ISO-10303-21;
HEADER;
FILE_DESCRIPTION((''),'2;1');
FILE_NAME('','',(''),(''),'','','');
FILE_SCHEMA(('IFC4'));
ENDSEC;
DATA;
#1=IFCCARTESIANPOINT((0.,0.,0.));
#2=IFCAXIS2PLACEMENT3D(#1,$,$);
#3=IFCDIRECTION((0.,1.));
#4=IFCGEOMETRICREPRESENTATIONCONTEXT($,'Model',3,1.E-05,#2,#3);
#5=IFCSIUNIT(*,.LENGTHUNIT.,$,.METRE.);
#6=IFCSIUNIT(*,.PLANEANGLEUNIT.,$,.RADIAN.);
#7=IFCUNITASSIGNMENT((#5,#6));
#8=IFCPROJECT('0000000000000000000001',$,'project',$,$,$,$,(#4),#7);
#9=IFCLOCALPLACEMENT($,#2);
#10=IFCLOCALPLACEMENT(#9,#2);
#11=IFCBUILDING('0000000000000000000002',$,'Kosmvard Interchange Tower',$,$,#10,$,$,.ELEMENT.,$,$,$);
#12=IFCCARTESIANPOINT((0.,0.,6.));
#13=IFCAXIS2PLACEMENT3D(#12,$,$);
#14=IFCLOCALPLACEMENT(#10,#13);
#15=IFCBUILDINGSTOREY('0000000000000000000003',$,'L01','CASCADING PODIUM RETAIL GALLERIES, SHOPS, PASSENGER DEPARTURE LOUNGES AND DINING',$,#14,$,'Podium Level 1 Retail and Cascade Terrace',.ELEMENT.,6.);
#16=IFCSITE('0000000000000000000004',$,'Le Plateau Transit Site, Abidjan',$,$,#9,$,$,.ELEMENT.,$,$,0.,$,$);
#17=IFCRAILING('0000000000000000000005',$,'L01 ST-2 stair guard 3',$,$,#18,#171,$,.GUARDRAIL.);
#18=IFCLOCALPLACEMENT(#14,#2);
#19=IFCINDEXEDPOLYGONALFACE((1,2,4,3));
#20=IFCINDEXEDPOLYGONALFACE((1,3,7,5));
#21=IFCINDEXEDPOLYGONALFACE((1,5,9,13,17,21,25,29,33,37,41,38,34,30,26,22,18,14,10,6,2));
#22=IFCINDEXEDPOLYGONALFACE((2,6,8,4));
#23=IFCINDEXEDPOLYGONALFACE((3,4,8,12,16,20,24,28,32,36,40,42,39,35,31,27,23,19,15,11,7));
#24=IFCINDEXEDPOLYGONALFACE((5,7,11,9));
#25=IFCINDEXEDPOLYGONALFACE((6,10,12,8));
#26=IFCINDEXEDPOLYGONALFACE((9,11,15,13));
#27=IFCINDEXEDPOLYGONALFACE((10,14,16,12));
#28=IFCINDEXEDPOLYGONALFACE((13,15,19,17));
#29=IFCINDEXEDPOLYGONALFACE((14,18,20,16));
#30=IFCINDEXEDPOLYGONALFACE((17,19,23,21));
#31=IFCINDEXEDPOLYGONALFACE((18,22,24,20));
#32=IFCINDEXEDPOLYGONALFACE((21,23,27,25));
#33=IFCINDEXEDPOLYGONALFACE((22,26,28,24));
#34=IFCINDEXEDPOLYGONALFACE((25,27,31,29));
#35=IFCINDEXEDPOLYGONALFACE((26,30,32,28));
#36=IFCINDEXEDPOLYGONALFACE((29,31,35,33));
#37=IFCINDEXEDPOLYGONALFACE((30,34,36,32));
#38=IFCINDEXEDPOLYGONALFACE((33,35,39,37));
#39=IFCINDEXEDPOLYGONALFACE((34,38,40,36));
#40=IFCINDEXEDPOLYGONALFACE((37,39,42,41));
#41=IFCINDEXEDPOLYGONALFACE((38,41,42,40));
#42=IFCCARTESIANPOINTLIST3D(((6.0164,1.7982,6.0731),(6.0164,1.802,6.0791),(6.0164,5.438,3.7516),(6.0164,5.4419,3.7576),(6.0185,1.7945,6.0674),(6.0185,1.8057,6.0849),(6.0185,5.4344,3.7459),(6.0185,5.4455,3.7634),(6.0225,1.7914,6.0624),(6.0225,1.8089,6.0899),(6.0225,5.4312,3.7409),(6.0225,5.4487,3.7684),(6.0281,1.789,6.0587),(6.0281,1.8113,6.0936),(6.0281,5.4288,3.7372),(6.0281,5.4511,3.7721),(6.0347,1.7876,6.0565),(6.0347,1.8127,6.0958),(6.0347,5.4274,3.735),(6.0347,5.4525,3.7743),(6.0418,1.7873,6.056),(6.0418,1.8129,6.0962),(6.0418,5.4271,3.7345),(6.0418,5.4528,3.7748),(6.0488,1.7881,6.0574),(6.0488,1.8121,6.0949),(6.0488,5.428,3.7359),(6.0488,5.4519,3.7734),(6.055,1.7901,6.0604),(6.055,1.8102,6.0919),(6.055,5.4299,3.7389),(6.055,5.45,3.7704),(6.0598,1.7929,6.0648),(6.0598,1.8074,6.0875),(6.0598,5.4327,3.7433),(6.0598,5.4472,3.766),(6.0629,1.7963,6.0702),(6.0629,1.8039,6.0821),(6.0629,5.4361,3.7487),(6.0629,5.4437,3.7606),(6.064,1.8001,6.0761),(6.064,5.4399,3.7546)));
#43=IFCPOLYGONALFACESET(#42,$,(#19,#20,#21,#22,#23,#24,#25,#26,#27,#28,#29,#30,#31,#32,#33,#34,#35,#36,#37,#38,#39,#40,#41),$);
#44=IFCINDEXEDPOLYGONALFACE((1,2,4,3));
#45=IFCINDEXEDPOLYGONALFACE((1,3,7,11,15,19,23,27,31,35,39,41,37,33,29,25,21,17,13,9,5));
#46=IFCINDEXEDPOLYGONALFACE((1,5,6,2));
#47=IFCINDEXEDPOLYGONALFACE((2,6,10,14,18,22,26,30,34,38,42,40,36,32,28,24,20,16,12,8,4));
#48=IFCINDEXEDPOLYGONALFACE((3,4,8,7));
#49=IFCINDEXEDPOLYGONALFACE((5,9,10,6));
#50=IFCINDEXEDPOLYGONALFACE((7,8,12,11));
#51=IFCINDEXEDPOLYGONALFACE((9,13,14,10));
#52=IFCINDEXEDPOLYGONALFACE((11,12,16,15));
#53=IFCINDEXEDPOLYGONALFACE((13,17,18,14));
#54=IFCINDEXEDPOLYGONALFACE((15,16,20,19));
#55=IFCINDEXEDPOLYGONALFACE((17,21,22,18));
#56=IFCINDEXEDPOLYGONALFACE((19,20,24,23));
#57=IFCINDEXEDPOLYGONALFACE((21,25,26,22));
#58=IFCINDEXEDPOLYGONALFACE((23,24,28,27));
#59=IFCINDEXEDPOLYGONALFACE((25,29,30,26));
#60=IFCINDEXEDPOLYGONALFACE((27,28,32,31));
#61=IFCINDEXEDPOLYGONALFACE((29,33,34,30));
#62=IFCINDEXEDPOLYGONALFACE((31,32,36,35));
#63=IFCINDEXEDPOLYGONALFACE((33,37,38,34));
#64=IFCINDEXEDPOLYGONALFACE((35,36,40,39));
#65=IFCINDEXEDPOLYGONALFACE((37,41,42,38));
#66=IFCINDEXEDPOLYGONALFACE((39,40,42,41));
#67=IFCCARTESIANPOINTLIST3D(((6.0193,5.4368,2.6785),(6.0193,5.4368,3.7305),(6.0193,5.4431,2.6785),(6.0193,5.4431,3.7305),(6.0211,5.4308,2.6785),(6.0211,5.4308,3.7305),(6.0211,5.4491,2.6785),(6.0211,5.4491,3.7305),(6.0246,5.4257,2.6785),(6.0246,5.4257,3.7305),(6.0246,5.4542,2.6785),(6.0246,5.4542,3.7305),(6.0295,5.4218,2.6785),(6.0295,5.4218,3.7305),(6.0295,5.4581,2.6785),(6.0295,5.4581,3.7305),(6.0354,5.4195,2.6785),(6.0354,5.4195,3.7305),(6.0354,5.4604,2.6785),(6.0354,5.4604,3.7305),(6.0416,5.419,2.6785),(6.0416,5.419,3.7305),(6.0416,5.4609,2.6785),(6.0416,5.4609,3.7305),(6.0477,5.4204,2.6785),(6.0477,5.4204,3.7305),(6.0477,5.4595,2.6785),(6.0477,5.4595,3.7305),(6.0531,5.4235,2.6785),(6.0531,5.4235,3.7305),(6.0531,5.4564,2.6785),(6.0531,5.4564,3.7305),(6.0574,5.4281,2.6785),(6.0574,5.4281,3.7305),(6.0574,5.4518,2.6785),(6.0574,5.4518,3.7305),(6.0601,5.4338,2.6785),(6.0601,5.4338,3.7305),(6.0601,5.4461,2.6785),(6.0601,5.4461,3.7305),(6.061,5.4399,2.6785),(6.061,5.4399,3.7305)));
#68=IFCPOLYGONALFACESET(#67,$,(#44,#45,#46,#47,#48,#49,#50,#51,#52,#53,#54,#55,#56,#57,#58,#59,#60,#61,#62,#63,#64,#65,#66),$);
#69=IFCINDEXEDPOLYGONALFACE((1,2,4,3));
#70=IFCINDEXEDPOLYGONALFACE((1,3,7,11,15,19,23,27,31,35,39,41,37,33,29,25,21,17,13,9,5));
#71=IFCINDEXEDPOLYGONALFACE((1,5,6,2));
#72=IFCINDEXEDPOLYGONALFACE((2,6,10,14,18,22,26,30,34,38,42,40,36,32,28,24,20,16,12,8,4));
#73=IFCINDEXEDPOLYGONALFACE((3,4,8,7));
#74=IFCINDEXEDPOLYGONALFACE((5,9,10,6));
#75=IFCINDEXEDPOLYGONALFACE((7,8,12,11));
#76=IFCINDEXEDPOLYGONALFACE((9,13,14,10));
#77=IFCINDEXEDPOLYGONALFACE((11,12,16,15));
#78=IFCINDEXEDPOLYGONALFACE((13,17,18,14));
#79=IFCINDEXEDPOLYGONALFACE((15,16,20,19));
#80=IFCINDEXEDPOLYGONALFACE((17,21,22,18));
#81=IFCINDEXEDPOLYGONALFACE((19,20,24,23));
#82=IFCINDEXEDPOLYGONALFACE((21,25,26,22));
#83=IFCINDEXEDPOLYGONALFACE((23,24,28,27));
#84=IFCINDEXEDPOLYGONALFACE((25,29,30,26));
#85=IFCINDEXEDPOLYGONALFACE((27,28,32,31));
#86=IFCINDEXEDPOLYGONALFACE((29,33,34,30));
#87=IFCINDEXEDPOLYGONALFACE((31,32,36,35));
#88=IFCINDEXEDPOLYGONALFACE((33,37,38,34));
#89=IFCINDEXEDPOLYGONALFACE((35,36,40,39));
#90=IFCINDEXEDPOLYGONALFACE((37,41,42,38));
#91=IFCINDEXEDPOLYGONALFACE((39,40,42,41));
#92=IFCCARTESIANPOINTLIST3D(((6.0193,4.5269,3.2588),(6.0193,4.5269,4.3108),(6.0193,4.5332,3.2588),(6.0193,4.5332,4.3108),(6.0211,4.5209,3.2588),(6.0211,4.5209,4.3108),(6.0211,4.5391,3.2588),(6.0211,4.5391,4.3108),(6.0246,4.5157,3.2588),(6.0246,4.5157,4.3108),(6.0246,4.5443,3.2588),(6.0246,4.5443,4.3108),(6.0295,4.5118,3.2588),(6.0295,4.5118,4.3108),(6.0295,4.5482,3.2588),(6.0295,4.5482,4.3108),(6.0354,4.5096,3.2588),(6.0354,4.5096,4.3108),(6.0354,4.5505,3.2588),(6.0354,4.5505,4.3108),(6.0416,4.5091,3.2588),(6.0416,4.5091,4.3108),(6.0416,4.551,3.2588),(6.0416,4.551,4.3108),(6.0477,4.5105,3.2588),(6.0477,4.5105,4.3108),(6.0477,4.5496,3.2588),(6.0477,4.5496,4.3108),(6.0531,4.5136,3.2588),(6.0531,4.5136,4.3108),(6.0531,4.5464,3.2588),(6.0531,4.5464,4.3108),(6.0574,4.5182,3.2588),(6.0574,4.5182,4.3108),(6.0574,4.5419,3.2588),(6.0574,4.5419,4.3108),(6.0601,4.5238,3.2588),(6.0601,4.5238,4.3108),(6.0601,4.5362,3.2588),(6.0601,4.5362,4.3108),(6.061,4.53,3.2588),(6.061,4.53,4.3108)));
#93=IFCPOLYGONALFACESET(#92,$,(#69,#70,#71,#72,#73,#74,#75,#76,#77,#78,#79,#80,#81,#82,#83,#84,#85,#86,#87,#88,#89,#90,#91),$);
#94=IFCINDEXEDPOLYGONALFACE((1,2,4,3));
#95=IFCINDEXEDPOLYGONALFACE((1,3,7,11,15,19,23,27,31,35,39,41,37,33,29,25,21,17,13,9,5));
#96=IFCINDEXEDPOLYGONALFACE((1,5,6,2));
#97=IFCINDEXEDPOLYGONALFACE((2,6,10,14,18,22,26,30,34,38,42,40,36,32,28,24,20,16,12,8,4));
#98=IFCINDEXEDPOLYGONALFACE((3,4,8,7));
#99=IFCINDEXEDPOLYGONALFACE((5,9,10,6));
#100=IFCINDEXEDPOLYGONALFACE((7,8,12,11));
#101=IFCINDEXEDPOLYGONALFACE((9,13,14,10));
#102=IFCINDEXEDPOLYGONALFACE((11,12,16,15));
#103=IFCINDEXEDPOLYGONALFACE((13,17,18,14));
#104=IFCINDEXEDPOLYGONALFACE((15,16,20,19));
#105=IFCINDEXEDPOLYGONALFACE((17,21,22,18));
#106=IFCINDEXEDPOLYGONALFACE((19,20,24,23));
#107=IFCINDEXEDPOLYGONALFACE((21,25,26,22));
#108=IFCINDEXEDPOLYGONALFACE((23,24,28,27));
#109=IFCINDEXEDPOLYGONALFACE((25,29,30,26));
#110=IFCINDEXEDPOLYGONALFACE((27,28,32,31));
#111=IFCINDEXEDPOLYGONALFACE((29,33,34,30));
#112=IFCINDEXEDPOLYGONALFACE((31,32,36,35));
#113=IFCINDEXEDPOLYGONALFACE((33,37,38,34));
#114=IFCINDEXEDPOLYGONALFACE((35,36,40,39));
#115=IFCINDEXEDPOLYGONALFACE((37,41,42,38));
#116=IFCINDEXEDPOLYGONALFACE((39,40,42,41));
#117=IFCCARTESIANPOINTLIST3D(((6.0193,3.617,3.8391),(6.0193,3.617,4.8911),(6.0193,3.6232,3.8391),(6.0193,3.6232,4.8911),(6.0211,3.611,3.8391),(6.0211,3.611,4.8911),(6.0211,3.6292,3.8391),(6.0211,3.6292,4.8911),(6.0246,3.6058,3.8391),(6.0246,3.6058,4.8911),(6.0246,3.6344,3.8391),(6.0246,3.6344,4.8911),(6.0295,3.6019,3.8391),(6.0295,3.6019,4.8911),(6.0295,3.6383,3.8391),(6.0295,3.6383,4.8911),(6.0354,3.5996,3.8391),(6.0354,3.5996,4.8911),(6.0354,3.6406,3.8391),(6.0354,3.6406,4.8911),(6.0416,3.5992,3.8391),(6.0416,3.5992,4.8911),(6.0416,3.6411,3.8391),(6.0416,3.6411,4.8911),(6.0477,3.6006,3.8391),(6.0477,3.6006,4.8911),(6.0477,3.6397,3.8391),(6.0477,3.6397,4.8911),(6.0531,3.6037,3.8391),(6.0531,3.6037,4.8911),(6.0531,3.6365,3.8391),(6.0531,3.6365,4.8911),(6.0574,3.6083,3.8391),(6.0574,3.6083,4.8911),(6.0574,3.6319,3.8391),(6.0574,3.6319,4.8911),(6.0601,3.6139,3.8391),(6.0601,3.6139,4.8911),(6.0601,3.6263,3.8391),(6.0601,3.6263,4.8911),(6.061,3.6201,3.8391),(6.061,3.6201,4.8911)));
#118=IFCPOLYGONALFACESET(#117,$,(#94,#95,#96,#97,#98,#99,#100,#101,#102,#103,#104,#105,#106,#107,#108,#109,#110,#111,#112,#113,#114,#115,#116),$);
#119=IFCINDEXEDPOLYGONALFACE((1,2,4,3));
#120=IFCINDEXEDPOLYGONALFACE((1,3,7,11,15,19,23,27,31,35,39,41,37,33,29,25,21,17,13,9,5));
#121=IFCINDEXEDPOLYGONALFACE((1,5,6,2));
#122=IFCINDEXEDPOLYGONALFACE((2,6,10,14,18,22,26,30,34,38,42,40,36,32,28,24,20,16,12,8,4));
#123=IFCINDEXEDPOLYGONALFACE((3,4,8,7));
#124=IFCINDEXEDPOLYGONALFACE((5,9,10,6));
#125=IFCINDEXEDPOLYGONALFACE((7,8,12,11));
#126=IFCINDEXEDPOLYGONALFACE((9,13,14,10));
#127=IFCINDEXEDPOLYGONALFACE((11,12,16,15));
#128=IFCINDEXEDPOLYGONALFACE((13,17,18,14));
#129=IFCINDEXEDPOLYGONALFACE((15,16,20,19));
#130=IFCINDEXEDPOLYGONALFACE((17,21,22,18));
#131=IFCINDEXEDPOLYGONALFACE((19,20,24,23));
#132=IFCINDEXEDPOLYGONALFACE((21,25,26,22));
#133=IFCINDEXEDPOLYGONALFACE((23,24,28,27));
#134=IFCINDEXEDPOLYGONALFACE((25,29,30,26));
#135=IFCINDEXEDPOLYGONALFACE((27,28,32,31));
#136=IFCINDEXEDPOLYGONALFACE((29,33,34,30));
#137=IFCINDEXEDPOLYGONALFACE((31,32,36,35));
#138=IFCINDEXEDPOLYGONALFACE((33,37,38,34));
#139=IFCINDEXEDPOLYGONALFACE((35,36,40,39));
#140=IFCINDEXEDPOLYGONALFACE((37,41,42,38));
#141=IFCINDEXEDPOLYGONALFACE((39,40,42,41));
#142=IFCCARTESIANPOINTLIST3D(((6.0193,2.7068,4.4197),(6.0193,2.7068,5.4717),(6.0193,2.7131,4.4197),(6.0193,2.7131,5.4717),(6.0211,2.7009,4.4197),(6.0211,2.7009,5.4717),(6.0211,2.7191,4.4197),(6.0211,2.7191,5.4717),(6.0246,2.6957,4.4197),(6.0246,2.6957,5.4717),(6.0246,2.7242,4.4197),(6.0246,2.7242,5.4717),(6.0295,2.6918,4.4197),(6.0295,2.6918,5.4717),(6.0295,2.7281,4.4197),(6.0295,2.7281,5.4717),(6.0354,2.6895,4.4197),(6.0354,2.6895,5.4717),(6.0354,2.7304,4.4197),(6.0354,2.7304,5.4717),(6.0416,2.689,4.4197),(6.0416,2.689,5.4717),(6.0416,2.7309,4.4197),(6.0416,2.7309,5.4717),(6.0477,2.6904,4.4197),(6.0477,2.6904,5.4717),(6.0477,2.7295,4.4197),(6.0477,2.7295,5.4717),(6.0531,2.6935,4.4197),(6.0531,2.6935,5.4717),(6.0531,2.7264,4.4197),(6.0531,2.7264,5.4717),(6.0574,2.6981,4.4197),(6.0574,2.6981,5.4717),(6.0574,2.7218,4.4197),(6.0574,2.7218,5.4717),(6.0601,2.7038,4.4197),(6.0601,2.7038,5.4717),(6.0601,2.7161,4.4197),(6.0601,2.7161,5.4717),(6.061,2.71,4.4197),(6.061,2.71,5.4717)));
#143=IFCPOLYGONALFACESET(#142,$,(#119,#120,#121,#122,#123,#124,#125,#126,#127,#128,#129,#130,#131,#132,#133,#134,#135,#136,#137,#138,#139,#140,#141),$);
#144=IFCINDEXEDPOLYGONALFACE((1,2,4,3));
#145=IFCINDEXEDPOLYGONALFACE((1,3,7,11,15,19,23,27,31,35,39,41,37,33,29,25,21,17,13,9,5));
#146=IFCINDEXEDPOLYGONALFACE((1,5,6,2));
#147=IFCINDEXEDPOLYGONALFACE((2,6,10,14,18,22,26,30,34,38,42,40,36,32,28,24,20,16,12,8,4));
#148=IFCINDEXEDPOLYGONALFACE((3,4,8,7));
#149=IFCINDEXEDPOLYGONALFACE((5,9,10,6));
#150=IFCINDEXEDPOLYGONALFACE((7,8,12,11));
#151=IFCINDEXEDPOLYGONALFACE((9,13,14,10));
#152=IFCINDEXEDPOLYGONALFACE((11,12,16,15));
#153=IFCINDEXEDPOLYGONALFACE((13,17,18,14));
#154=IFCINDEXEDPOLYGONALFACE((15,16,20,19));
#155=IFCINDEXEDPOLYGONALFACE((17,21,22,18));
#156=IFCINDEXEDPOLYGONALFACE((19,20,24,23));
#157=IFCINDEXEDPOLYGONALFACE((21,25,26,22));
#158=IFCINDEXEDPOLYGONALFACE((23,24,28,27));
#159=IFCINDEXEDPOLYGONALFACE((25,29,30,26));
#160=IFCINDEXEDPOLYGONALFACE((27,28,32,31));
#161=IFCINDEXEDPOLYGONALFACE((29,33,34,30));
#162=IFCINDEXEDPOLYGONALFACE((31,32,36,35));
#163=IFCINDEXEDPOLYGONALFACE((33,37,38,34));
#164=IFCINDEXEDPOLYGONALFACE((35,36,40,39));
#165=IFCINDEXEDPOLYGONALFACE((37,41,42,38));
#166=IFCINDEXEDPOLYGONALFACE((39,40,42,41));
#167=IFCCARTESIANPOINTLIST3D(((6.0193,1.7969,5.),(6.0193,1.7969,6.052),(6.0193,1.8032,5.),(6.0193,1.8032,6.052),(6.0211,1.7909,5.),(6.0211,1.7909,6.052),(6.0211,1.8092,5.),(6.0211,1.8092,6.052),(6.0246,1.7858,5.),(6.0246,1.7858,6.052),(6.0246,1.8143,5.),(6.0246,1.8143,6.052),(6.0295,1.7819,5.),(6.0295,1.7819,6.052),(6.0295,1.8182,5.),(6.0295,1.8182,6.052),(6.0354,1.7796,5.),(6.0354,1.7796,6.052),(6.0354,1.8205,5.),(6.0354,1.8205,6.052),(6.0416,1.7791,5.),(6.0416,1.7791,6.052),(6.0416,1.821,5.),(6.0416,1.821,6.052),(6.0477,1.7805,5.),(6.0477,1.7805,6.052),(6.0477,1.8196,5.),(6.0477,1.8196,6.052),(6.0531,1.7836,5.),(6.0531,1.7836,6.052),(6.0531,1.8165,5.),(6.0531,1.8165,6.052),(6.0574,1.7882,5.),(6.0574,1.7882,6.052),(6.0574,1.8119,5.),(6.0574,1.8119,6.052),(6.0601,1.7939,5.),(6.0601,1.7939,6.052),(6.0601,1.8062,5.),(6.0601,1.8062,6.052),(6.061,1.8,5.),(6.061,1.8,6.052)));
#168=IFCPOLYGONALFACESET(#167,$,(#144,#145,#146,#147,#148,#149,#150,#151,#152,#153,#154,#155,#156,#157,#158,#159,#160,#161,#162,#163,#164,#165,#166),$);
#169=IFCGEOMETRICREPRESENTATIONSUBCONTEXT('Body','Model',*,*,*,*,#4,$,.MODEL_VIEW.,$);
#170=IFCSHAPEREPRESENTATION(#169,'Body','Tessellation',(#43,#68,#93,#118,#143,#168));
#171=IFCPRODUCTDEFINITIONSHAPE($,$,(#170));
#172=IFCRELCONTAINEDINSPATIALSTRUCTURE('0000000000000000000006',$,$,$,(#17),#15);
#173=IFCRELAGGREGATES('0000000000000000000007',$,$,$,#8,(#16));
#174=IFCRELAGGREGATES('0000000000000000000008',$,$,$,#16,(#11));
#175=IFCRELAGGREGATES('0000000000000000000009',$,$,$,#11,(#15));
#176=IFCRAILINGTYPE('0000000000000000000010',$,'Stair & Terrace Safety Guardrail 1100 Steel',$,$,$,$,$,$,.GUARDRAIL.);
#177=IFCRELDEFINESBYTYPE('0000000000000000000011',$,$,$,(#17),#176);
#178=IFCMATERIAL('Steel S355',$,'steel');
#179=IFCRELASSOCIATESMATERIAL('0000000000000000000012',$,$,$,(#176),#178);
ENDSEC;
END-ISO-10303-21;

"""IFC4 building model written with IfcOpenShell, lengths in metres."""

from ifc_helpers import new_model, si_unit, direction, frame, origin, origin_2d, place, context, subcontext, project, spatial, circle, extrude, source, transform, mapped, material, type_object, element, save


model = new_model("IFC4")

# Units and contexts
model_context = context("Model", 3, precision=1e-05, world=origin(), true_north=direction((0.0, 1.0)))
body_context = subcontext(model_context, "Body", "Model", "MODEL_VIEW")
ifc_project = project(units=[si_unit("LENGTHUNIT", "METRE"), si_unit("PLANEANGLEUNIT", "RADIAN")], contexts=[model_context])

# Site, building, storey
site_placement = place(None, origin())
site = spatial("IfcSite", under=ifc_project, at=site_placement, Name="Le Plateau Transit Site, Abidjan", CompositionType="ELEMENT", RefElevation=0.0)
building_placement = place(site_placement, origin())
building = spatial("IfcBuilding", under=site, at=building_placement, Name="Kosmvard Interchange Tower", CompositionType="ELEMENT")
storey_placement = place(building_placement, frame((0.0, 0.0, 6.0)))
storey = spatial("IfcBuildingStorey", under=building, at=storey_placement, Name="L01", Description="CASCADING PODIUM RETAIL GALLERIES, SHOPS, PASSENGER DEPARTURE LOUNGES AND DINING", LongName="Podium Level 1 Retail and Cascade Terrace", CompositionType="ELEMENT", Elevation=6.0)

# Shared definitions
ifc_material_1 = material(Name="Steel S355", Category="steel")

# Railing
railing_type_1 = type_object("IfcRailingType", Name="Stair & Terrace Safety Guardrail 1100 Steel", PredefinedType="GUARDRAIL", material=ifc_material_1)
shared_shape_1 = source(origin(), body_context, "Body", "SweptSolid", [
    extrude(circle(Radius=0.0239, at=origin_2d()), frame((0.0, 0.0, 1.0762), z_axis=(0.0, -0.843112, 0.537739), x_axis=(1.0, 0.0, 0.0)), (0.0, 0.0, 1.0), 4.3171),
    extrude(circle(Radius=0.021, at=origin_2d()), origin(), (0.0, 0.0, 1.0), 1.052),
    extrude(circle(Radius=0.021, at=origin_2d()), frame((0.0, -0.9099, 0.5803)), (0.0, 0.0, 1.0), 1.052),
    extrude(circle(Radius=0.021, at=origin_2d()), frame((0.0, -1.8198, 1.1606)), (0.0, 0.0, 1.0), 1.052),
    extrude(circle(Radius=0.021, at=origin_2d()), frame((0.0, -2.73, 1.7412)), (0.0, 0.0, 1.0), 1.052),
    extrude(circle(Radius=0.021, at=origin_2d()), frame((0.0, -3.6399, 2.3215)), (0.0, 0.0, 1.0), 1.052),
])
railing_1_placement = place(storey_placement, frame((6.04, 5.4399, 2.6785)))
element("IfcRailing", 1, at=railing_1_placement, inside=storey, type_object=railing_type_1, Name="L01 ST-2 stair guard 3", PredefinedType="GUARDRAIL", context=body_context, shape_type="MappedRepresentation", body=[
    mapped(shared_shape_1, transform((0.0, 0.0, 0.0), scale=1.0)),
])

save(model, "model.ifc")
